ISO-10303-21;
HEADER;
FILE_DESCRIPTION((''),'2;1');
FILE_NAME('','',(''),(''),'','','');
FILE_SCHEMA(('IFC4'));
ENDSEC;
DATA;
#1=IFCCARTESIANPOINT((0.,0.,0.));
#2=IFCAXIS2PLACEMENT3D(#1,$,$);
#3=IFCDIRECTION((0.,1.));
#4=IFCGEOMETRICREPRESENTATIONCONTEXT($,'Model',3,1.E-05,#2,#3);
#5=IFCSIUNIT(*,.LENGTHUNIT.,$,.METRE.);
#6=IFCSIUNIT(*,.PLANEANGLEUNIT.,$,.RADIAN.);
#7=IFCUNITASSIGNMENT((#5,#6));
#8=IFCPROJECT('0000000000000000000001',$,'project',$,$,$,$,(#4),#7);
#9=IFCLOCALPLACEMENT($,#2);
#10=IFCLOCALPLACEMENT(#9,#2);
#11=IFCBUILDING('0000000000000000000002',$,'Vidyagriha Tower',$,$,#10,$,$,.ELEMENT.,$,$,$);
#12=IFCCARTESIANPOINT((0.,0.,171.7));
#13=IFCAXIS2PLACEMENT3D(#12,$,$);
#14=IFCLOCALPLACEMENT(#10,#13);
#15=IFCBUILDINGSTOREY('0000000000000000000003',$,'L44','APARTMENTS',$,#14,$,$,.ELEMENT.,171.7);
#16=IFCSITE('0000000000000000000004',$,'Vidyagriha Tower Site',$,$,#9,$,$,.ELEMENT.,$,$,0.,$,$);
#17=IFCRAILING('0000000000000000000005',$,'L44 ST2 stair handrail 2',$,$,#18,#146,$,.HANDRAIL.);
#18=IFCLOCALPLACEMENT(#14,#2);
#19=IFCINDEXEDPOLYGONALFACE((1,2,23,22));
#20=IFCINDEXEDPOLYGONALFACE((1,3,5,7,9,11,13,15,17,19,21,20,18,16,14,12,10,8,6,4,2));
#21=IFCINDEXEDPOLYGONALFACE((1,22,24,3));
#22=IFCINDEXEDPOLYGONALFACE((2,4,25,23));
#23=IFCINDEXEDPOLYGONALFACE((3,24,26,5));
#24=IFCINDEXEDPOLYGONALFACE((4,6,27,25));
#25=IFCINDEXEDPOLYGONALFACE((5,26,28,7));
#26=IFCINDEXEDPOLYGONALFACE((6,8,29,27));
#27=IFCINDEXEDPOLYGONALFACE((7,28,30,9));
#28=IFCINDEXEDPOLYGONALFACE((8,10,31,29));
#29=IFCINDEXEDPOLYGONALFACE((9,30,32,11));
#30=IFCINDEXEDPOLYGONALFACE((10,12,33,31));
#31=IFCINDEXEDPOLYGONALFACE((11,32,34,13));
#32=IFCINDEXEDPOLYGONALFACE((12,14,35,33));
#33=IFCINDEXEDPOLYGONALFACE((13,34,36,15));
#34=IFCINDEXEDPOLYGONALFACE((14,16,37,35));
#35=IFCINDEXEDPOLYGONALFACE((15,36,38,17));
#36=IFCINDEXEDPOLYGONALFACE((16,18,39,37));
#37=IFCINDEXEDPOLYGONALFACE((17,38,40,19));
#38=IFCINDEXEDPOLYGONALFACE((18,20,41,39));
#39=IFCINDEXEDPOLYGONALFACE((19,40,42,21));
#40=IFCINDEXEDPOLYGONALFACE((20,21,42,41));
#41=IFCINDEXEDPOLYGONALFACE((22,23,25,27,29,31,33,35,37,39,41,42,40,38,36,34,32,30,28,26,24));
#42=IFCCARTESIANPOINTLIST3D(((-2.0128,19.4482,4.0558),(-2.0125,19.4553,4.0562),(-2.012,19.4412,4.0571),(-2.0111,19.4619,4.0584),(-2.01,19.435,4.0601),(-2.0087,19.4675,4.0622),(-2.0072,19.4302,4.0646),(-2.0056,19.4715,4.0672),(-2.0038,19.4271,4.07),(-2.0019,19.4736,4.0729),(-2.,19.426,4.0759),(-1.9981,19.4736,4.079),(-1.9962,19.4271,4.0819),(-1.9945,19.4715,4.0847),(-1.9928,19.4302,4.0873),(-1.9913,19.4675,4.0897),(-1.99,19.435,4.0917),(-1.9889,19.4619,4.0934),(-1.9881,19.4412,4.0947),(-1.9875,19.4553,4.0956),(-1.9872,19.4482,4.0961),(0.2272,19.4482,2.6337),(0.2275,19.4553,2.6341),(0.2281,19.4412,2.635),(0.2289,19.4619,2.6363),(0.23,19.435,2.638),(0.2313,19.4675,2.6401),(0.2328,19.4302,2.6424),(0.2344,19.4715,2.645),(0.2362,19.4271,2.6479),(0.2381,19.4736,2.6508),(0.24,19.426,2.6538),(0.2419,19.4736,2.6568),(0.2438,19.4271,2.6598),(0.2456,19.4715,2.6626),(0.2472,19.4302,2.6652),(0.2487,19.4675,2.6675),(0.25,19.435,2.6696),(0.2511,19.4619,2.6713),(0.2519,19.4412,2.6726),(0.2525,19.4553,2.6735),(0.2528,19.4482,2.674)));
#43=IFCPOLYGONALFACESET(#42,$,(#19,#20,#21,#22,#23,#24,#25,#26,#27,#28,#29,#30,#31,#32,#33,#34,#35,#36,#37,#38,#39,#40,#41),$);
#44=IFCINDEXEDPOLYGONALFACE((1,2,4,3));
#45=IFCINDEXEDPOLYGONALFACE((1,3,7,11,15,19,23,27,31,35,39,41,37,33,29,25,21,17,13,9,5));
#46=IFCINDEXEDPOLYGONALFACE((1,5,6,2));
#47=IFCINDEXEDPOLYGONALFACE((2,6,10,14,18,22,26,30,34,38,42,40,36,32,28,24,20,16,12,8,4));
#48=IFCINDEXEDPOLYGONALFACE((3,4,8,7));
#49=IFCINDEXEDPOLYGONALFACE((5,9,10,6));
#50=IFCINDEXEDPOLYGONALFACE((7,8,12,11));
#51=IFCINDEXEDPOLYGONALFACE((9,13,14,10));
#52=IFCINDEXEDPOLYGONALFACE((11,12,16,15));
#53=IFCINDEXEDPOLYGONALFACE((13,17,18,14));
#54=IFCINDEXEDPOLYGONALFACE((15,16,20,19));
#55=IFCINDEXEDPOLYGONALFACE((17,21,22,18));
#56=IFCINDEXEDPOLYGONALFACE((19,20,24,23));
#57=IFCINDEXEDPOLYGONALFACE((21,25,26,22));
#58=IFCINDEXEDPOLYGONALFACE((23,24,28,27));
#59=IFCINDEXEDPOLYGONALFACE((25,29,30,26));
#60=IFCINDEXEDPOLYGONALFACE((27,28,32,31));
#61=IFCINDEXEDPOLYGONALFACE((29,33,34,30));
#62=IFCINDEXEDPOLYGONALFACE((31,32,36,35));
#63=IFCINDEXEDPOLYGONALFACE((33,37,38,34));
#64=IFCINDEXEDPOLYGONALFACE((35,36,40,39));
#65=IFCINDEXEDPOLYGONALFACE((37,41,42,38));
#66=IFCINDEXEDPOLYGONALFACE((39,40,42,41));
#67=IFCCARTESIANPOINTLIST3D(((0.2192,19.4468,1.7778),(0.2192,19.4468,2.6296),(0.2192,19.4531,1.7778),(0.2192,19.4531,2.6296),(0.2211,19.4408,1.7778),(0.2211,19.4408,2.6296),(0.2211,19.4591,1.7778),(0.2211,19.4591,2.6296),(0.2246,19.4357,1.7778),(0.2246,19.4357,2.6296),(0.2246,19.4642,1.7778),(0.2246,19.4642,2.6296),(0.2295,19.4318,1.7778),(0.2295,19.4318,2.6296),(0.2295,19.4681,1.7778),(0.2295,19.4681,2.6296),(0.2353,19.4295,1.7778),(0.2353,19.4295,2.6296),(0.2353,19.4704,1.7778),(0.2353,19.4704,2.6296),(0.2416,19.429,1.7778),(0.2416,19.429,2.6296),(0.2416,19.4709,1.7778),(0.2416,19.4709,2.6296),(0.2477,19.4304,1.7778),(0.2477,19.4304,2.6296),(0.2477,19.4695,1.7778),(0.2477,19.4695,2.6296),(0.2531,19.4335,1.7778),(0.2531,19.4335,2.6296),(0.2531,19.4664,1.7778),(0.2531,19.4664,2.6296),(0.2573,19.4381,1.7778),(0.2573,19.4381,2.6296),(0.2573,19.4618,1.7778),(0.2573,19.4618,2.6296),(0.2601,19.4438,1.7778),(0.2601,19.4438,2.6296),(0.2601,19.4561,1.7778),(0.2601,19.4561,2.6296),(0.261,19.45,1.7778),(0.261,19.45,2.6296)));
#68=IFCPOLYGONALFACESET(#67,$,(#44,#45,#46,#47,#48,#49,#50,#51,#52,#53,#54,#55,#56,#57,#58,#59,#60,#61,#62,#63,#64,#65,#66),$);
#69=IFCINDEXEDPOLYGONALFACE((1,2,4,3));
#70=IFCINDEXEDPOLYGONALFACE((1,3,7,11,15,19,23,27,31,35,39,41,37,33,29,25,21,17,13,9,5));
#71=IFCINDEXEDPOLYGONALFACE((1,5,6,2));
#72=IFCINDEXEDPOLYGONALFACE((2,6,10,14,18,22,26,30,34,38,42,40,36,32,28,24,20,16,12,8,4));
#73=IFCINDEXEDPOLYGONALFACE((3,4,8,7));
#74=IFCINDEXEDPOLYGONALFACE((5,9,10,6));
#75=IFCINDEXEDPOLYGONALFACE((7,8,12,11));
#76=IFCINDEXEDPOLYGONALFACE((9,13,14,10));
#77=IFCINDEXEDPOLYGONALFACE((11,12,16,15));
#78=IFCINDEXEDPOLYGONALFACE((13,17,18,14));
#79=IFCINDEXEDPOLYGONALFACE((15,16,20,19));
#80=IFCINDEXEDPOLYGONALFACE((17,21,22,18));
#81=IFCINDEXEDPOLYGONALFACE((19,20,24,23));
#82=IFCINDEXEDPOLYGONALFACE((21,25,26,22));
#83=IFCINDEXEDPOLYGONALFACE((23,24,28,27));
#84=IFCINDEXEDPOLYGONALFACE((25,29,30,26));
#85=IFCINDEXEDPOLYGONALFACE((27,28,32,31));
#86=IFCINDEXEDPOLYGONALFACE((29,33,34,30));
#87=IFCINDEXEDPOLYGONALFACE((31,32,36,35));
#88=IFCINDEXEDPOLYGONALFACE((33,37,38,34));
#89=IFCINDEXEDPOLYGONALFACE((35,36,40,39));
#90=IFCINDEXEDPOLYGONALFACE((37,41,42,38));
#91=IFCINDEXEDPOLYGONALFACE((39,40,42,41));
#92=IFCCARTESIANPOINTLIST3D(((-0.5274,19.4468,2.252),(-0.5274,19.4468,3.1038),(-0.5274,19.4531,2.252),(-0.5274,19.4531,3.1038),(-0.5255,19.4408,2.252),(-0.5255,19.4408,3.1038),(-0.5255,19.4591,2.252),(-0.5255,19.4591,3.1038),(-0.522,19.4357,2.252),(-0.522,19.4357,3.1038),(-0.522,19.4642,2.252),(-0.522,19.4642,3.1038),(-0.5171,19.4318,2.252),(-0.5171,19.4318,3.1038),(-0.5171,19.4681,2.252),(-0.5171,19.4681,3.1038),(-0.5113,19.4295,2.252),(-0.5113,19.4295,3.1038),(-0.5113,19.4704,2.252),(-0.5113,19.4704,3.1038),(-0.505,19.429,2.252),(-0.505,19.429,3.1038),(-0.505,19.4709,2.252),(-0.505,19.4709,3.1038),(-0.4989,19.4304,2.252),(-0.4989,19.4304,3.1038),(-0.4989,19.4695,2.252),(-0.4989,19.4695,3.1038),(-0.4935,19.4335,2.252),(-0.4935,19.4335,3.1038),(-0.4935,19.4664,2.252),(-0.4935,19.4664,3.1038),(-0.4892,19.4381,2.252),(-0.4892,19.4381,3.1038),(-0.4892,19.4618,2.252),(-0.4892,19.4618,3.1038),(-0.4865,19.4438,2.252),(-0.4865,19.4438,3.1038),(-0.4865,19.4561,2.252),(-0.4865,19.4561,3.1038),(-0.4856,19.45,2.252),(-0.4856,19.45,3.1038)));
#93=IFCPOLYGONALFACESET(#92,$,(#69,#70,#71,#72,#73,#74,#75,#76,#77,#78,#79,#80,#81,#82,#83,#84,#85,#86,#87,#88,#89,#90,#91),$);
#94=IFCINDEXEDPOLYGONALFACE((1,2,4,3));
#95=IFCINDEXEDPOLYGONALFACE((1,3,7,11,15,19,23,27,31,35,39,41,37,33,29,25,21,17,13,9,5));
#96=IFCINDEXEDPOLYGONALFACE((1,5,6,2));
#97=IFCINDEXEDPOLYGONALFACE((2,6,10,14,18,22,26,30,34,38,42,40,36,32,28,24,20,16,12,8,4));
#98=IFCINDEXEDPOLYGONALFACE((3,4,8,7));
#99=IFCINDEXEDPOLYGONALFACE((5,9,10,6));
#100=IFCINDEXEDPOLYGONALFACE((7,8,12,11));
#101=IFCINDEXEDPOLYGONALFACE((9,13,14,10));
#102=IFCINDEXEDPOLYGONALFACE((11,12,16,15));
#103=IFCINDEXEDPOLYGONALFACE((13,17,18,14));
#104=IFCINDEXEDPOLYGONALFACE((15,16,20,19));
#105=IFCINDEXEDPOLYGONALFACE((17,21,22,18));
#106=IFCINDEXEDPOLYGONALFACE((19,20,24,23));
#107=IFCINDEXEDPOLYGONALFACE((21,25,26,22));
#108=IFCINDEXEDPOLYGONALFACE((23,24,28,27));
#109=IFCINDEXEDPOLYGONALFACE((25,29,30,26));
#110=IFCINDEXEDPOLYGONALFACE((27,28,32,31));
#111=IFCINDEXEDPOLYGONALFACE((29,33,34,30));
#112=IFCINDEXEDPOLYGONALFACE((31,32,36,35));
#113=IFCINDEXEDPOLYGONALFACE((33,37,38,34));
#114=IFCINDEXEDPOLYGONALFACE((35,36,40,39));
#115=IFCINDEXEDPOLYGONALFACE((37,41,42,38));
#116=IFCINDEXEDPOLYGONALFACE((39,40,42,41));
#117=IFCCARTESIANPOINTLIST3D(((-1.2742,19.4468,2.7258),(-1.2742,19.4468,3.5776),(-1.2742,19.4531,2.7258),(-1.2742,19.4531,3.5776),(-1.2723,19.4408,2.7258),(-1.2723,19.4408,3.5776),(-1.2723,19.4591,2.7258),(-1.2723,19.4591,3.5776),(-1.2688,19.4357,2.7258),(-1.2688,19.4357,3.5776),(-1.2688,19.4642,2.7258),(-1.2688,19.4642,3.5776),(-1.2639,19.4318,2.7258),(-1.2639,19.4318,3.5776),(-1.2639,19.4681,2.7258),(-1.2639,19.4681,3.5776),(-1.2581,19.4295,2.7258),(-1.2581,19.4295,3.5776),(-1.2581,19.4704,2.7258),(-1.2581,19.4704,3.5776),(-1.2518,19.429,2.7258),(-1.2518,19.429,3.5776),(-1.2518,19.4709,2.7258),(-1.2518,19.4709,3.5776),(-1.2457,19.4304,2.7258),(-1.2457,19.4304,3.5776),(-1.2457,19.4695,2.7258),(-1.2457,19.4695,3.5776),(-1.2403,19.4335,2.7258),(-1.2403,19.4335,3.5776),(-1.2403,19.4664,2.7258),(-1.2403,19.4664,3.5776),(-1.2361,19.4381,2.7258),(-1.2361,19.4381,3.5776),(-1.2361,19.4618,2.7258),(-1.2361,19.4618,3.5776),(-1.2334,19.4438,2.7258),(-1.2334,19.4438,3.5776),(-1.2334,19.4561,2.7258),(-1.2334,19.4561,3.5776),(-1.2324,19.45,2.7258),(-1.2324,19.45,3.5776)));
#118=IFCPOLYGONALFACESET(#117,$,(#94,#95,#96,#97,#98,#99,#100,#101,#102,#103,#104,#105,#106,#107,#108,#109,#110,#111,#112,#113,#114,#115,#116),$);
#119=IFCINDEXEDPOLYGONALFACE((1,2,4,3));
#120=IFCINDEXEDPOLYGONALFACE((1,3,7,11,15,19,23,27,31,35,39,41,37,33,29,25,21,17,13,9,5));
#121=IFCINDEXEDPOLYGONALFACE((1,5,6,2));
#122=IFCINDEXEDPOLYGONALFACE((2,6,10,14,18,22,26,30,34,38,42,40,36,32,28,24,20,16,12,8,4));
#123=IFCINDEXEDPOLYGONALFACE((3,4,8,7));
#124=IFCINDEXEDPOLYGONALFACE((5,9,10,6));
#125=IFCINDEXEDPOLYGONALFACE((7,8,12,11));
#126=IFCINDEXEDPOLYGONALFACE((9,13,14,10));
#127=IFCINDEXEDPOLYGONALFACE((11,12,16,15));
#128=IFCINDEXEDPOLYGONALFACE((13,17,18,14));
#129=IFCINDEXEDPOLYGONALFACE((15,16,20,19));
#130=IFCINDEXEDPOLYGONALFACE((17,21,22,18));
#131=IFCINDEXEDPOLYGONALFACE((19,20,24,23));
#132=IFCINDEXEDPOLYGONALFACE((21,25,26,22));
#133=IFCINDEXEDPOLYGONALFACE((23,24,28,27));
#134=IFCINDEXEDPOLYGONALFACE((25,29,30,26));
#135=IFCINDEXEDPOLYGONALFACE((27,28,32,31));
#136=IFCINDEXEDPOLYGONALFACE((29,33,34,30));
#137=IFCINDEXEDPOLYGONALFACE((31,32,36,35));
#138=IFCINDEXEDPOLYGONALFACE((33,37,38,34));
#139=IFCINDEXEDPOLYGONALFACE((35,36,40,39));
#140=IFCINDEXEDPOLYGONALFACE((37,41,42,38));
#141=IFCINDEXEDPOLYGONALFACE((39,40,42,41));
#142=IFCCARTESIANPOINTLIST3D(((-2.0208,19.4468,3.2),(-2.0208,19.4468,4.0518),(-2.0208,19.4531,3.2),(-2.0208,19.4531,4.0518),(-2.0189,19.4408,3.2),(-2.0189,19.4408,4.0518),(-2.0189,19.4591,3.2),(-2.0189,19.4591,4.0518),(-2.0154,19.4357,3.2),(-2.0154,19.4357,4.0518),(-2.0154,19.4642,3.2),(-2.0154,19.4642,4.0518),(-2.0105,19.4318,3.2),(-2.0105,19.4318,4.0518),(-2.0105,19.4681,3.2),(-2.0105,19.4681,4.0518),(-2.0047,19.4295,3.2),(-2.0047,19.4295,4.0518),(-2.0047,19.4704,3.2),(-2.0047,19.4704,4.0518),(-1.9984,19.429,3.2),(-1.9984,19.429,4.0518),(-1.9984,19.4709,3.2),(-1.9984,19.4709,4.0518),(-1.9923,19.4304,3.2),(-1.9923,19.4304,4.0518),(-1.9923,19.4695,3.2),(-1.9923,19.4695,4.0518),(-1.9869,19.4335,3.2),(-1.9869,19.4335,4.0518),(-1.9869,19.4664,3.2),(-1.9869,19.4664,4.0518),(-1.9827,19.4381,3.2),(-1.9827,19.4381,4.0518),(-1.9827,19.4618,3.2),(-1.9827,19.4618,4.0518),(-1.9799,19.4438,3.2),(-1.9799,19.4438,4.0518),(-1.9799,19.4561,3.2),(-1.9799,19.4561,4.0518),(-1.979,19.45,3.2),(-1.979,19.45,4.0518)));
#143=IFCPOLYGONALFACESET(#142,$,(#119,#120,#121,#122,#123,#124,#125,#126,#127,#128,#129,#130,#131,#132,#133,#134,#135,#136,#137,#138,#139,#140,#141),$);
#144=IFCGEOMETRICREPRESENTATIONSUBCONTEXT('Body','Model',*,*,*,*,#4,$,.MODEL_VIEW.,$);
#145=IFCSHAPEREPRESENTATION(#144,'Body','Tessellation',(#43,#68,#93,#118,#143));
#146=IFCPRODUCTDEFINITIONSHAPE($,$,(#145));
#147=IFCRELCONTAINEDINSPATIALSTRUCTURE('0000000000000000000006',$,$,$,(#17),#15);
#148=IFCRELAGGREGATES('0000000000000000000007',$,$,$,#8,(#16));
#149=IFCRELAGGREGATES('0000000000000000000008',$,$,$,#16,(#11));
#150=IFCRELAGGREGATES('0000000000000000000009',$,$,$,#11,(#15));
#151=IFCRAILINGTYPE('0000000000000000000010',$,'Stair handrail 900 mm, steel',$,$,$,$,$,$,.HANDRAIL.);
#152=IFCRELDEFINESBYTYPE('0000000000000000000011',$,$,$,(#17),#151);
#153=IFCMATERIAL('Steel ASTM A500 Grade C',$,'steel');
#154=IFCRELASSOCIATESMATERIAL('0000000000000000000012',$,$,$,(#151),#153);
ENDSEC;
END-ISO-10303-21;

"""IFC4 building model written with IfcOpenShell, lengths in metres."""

from ifc_helpers import new_model, si_unit, direction, frame, origin, origin_2d, place, context, subcontext, project, spatial, circle, extrude, material, type_object, element, save


model = new_model("IFC4")

# Units and contexts
model_context = context("Model", 3, precision=1e-05, world=origin(), true_north=direction((0.0, 1.0)))
body_context = subcontext(model_context, "Body", "Model", "MODEL_VIEW")
ifc_project = project(units=[si_unit("LENGTHUNIT", "METRE"), si_unit("PLANEANGLEUNIT", "RADIAN")], contexts=[model_context])

# Site, building, storey
site_placement = place(None, origin())
site = spatial("IfcSite", under=ifc_project, at=site_placement, Name="Vidyagriha Tower Site", CompositionType="ELEMENT", RefElevation=0.0)
building_placement = place(site_placement, origin())
building = spatial("IfcBuilding", under=site, at=building_placement, Name="Vidyagriha Tower", CompositionType="ELEMENT")
storey_placement = place(building_placement, frame((0.0, 0.0, 171.7)))
storey = spatial("IfcBuildingStorey", under=building, at=storey_placement, Name="L44", Description="APARTMENTS", CompositionType="ELEMENT", Elevation=171.7)

# Railing
ifc_material_1 = material(Name="Steel ASTM A500 Grade C", Category="steel")
railing_type_1 = type_object("IfcRailingType", Name="Stair handrail 900 mm, steel", PredefinedType="HANDRAIL", material=ifc_material_1)
railing_1_placement = place(storey_placement, frame((0.24, 19.45, 1.7778)))
element("IfcRailing", 1, at=railing_1_placement, inside=storey, type_object=railing_type_1, Name="L44 ST2 stair handrail 2", PredefinedType="HANDRAIL", context=body_context, shape_type="SweptSolid", body=[
    extrude(circle(Radius=0.0239, at=origin_2d()), frame((0.0, 0.0, 0.876), z_axis=(-0.844229, 0.0, 0.535982), x_axis=(0.0, -1.0, 0.0)), (0.0, 0.0, 1.0), 2.6533),
    extrude(circle(Radius=0.021, at=origin_2d()), origin(), (0.0, 0.0, 1.0), 0.8518),
    extrude(circle(Radius=0.021, at=origin_2d()), frame((-0.7466, 0.0, 0.4741)), (0.0, 0.0, 1.0), 0.8518),
    extrude(circle(Radius=0.021, at=origin_2d()), frame((-1.4934, 0.0, 0.948)), (0.0, 0.0, 1.0), 0.8518),
    extrude(circle(Radius=0.021, at=origin_2d()), frame((-2.24, 0.0, 1.4221)), (0.0, 0.0, 1.0), 0.8518),
])

save(model, "model.ifc")
